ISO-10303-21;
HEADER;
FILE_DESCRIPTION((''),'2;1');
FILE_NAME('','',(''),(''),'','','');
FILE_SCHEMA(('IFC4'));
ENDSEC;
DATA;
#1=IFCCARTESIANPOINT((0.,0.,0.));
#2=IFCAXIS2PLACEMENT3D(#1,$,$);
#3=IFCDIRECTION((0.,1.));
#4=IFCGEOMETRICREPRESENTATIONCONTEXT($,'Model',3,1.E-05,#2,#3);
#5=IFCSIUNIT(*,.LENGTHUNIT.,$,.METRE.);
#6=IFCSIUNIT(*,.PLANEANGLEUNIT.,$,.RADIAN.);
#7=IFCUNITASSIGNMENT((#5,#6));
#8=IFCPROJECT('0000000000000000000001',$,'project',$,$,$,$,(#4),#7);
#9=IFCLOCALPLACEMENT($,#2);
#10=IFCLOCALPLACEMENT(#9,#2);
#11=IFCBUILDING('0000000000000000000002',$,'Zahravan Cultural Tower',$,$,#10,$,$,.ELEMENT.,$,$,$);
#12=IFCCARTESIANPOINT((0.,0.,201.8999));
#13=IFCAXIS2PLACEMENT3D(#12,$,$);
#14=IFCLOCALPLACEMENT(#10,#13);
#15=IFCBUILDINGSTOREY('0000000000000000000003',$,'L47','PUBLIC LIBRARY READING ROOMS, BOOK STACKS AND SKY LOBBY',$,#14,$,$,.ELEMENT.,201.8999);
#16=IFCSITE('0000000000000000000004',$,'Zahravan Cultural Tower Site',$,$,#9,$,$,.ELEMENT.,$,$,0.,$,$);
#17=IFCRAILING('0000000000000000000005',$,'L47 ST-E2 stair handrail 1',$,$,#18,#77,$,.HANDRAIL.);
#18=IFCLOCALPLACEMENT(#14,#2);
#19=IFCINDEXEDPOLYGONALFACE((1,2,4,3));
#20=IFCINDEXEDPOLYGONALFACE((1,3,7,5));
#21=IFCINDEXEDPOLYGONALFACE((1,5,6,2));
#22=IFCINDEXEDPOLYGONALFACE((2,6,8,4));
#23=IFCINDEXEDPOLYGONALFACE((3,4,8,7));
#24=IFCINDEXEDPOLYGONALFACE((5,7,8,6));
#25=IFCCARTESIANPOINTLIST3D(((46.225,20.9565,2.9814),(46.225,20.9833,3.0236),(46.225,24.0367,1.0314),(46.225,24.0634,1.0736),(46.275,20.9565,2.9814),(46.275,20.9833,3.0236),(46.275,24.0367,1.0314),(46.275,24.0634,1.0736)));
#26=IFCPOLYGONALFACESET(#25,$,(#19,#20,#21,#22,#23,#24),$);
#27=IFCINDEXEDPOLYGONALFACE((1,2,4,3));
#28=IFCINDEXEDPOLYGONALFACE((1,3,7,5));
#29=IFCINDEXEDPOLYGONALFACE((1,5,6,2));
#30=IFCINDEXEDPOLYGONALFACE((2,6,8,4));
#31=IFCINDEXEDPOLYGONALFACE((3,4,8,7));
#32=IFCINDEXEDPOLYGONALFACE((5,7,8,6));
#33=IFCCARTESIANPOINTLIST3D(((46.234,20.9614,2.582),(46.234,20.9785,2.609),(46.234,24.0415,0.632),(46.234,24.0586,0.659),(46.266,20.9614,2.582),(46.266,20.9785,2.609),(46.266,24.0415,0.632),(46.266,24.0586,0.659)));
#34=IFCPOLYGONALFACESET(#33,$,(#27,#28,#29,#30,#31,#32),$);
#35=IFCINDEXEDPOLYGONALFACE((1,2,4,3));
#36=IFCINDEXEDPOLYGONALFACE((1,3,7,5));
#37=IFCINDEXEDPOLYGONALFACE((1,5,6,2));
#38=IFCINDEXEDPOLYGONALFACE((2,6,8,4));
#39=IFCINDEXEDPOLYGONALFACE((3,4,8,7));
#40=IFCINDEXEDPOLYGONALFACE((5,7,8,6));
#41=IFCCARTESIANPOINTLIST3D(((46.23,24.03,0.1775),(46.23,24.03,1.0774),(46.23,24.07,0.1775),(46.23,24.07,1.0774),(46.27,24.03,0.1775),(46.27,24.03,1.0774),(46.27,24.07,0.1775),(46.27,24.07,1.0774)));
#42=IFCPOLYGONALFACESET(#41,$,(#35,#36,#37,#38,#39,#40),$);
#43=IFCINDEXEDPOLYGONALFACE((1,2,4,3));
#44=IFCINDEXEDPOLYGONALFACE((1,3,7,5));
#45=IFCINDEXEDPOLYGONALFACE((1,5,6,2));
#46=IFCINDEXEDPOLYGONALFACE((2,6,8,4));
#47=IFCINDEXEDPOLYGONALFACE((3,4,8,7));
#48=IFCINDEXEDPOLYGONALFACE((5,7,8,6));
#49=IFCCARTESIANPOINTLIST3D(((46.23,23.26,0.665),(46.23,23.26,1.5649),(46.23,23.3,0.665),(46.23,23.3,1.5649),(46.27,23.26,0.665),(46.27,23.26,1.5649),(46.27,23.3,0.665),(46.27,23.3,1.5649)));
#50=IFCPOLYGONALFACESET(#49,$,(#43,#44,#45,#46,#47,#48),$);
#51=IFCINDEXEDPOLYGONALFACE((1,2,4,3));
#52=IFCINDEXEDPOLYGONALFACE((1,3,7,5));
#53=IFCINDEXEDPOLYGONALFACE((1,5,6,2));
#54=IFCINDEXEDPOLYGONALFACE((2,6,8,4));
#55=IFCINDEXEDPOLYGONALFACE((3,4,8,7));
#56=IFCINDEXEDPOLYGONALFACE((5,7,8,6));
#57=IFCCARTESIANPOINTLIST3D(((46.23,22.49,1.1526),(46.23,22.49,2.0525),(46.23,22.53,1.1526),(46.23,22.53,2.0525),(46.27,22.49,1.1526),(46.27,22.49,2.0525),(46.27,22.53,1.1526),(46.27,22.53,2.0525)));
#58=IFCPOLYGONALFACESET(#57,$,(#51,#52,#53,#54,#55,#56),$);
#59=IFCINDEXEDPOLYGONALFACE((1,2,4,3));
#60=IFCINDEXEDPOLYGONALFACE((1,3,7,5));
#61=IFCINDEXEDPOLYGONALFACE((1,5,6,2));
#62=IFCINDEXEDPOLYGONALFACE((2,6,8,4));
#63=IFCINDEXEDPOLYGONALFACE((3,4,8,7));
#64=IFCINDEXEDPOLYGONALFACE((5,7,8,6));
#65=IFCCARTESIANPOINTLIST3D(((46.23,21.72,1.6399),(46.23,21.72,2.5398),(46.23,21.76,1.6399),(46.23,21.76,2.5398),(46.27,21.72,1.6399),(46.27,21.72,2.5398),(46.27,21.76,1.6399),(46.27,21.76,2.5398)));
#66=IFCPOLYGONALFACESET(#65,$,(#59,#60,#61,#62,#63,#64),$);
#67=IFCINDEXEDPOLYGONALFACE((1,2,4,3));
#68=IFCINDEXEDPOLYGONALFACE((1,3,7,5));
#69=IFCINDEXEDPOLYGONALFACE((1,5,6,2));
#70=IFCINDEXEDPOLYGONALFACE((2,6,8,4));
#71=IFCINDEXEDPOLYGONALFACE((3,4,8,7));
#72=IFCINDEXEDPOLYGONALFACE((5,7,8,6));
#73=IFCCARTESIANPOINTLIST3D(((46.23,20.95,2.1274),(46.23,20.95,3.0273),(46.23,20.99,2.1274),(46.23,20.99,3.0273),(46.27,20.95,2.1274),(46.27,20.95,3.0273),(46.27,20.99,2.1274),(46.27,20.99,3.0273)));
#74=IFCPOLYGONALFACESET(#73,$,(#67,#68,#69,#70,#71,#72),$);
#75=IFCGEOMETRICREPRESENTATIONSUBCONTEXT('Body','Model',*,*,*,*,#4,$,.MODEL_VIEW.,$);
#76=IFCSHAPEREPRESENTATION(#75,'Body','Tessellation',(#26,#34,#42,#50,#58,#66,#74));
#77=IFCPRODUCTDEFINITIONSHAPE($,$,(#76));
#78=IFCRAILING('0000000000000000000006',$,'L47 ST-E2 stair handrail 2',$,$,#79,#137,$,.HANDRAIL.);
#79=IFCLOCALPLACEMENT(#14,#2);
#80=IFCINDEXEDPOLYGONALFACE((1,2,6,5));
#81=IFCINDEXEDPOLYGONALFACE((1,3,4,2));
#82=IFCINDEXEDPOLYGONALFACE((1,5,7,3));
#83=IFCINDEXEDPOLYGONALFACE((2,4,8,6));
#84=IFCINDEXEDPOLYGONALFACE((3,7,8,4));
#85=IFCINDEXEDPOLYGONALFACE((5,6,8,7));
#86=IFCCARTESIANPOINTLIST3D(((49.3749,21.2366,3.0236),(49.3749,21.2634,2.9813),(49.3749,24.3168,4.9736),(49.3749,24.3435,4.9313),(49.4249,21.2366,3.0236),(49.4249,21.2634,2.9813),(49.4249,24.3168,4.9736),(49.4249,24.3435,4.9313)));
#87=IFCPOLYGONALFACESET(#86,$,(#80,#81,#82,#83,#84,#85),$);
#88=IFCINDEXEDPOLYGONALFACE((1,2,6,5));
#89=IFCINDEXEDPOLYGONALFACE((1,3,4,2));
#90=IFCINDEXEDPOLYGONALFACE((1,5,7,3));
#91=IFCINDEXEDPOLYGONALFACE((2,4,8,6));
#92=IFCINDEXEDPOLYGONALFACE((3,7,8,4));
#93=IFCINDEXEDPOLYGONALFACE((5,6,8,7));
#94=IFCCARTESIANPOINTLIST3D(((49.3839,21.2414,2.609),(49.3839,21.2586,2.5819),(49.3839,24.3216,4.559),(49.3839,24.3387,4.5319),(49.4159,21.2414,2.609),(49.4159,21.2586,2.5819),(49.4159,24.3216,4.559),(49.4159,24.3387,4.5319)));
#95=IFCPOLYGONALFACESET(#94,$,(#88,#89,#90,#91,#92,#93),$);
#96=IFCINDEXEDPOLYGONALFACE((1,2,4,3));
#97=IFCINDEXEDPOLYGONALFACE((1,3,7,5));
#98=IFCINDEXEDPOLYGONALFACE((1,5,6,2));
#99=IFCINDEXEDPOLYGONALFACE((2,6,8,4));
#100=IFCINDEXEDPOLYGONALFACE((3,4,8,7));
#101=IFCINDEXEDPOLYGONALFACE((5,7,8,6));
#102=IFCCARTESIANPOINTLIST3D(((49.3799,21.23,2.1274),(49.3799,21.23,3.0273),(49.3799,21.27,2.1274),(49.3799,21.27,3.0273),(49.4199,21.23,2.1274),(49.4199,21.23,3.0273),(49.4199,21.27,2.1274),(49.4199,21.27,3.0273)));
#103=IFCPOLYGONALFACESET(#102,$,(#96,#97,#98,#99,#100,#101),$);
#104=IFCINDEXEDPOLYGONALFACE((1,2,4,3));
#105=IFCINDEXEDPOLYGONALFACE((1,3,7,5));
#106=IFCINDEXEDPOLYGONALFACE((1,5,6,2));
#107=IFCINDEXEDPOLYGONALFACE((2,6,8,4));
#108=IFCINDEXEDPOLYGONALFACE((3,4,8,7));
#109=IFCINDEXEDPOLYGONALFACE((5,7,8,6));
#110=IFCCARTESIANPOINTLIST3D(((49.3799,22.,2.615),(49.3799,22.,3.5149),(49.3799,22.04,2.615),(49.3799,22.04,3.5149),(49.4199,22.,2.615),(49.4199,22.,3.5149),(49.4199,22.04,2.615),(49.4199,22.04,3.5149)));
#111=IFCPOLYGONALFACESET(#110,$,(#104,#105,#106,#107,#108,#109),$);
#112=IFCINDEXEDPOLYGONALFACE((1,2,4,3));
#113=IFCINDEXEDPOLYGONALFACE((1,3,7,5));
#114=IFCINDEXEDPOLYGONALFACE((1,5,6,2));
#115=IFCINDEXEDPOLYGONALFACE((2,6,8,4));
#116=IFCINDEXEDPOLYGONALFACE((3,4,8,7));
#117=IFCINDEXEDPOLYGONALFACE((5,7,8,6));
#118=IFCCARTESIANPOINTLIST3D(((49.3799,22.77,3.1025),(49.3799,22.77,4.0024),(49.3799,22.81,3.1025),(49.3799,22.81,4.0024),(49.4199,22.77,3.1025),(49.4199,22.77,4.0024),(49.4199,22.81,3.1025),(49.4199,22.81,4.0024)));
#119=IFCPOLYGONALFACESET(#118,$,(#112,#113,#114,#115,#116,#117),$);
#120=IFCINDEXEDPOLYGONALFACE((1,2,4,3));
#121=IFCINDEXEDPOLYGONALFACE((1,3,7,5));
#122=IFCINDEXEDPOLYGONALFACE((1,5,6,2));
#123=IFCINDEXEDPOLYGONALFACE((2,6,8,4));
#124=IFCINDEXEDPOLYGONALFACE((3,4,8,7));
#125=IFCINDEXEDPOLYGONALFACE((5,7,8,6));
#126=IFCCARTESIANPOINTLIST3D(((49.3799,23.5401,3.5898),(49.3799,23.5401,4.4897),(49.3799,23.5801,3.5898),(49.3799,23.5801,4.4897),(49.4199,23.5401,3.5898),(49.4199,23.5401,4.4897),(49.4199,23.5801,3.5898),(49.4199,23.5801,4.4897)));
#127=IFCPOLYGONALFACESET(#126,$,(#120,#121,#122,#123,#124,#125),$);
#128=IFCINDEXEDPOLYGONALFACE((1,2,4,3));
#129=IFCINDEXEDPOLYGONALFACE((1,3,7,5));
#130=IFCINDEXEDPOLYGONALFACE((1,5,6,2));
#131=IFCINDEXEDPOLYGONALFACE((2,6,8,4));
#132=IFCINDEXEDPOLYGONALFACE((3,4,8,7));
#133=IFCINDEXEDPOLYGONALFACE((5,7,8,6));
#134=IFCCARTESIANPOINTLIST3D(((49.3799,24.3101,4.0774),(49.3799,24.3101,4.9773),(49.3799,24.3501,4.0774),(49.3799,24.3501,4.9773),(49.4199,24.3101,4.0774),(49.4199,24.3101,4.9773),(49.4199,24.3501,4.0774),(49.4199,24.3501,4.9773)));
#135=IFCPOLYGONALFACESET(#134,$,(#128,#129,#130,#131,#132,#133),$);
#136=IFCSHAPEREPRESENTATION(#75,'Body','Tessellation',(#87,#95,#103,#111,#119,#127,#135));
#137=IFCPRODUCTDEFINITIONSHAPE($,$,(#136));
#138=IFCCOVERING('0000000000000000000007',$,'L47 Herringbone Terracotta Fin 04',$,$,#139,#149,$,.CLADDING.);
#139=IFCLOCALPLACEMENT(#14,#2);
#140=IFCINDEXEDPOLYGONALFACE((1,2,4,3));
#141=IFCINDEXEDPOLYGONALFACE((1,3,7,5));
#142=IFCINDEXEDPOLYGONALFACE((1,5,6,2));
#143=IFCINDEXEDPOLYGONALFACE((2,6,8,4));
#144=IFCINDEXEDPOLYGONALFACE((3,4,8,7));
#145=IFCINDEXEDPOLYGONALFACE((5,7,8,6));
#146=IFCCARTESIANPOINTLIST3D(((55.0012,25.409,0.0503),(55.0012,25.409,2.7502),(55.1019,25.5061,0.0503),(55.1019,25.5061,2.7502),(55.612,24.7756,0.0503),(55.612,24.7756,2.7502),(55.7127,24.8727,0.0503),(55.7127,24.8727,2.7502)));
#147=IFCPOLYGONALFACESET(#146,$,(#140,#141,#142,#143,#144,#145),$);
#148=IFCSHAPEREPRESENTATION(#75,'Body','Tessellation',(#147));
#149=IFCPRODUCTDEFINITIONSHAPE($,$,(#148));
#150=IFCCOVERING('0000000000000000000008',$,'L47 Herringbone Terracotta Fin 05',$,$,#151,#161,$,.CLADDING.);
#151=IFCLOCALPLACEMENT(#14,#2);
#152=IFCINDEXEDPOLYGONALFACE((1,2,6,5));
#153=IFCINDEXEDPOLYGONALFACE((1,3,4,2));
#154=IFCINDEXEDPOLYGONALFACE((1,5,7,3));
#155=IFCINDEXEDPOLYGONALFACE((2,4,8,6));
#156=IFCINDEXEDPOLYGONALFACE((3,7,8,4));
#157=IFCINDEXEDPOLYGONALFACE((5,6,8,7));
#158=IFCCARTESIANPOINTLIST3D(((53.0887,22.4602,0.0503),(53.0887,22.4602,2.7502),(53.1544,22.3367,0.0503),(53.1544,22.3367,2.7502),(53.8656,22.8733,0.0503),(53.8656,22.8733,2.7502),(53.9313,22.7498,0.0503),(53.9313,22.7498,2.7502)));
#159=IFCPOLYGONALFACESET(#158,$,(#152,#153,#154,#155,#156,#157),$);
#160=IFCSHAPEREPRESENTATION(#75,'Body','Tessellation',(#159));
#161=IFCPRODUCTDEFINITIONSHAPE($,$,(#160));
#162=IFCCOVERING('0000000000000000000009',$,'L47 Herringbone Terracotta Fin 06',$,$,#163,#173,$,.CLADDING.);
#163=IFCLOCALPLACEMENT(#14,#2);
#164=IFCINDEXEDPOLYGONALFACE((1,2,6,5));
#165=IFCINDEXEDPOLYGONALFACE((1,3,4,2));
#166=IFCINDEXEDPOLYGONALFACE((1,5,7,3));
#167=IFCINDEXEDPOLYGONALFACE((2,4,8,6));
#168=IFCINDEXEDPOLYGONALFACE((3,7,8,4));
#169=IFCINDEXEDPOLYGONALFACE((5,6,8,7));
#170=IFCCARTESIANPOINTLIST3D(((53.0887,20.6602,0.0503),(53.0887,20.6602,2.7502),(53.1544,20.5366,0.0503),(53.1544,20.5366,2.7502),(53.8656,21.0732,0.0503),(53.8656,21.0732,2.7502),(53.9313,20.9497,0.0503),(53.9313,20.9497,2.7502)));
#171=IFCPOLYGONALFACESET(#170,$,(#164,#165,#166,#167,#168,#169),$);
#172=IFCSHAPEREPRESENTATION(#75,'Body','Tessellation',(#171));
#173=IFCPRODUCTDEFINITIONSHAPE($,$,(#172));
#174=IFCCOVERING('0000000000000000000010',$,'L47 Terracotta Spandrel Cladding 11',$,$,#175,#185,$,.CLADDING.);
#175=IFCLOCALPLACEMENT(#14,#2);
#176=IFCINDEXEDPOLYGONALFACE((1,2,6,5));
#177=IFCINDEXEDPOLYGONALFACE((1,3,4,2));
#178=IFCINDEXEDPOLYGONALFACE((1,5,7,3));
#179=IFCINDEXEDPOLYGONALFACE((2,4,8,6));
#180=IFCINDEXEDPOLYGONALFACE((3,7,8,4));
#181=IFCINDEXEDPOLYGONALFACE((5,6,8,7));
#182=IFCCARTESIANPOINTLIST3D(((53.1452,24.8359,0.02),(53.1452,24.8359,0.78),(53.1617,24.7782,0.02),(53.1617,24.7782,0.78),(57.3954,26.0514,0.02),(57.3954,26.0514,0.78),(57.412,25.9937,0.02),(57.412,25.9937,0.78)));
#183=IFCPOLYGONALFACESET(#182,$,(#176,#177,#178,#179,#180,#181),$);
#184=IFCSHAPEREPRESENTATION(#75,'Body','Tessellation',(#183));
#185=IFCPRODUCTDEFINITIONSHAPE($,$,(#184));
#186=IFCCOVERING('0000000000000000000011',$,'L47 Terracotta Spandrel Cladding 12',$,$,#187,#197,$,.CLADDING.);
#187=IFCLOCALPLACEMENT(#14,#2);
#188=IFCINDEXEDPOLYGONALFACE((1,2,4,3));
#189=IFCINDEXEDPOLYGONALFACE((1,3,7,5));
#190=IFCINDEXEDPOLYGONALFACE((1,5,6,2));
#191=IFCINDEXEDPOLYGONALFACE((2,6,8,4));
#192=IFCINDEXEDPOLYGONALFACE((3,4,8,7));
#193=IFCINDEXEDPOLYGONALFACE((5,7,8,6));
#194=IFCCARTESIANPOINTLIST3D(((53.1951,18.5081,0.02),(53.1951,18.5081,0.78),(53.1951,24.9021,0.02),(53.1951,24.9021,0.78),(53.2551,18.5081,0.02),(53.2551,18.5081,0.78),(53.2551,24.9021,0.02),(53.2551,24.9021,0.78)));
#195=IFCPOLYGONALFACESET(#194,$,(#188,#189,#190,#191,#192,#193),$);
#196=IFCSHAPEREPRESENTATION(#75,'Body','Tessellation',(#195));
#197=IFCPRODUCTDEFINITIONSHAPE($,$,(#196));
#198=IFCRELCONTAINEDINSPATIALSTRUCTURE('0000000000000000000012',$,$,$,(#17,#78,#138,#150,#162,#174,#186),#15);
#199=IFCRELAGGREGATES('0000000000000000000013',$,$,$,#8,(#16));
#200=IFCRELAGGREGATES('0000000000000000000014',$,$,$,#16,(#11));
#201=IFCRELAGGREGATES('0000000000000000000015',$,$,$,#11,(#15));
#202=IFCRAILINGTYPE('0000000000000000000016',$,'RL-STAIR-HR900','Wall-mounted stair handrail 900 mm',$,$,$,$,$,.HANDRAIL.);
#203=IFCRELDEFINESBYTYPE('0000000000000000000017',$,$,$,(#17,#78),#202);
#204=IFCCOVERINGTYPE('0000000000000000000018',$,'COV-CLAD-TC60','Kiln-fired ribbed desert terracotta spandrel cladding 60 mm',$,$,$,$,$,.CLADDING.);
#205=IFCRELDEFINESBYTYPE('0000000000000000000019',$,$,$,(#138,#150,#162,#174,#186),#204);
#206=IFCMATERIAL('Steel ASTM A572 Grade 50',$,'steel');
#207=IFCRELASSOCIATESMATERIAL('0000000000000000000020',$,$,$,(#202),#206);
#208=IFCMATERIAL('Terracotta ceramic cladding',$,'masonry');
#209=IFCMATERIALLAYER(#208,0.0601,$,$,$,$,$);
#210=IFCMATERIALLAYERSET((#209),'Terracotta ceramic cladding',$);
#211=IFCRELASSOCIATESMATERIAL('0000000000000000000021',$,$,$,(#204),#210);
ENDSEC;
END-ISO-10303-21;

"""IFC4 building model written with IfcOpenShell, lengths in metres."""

from ifc_helpers import new_model, si_unit, direction, frame, origin, origin_2d, place, context, subcontext, project, spatial, rectangle, extrude, source, transform, mapped, material, layer, layer_set, type_object, element, save


model = new_model("IFC4")

# Units and contexts
model_context = context("Model", 3, precision=1e-05, world=origin(), true_north=direction((0.0, 1.0)))
body_context = subcontext(model_context, "Body", "Model", "MODEL_VIEW")
ifc_project = project(units=[si_unit("LENGTHUNIT", "METRE"), si_unit("PLANEANGLEUNIT", "RADIAN")], contexts=[model_context])

# Site, building, storey
site_placement = place(None, origin())
site = spatial("IfcSite", under=ifc_project, at=site_placement, Name="Zahravan Cultural Tower Site", CompositionType="ELEMENT", RefElevation=0.0)
building_placement = place(site_placement, origin())
building = spatial("IfcBuilding", under=site, at=building_placement, Name="Zahravan Cultural Tower", CompositionType="ELEMENT")
storey_placement = place(building_placement, frame((0.0, 0.0, 201.8999)))
storey = spatial("IfcBuildingStorey", under=building, at=storey_placement, Name="L47", Description="PUBLIC LIBRARY READING ROOMS, BOOK STACKS AND SKY LOBBY", CompositionType="ELEMENT", Elevation=201.8999)

# Railings
ifc_material_1 = material(Name="Steel ASTM A572 Grade 50", Category="steel")
railing_type_1 = type_object("IfcRailingType", Name="RL-STAIR-HR900", Description="Wall-mounted stair handrail 900 mm", PredefinedType="HANDRAIL", material=ifc_material_1)
railing_1_placement = place(storey_placement, frame((46.25, 24.05, 0.1775)))
element("IfcRailing", 1, at=railing_1_placement, inside=storey, type_object=railing_type_1, Name="L47 ST-E2 stair handrail 1", PredefinedType="HANDRAIL", context=body_context, shape_type="SweptSolid", body=[
    extrude(rectangle(XDim=0.05, YDim=0.05, at=origin_2d()), frame((0.0, 0.0, 0.875), z_axis=(0.0, -0.844914, 0.534902), x_axis=(1.0, 0.0, 0.0)), (0.0, 0.0, 1.0), 3.6455),
    extrude(rectangle(XDim=0.032, YDim=0.032, at=origin_2d()), frame((0.0, 0.0, 0.468), z_axis=(0.0, -0.844914, 0.534902), x_axis=(1.0, 0.0, 0.0)), (0.0, 0.0, 1.0), 3.6455),
    extrude(rectangle(XDim=0.04, YDim=0.04, at=origin_2d()), origin(), (0.0, 0.0, 1.0), 0.8999),
    extrude(rectangle(XDim=0.04, YDim=0.04, at=origin_2d()), frame((0.0, -0.77, 0.4875)), (0.0, 0.0, 1.0), 0.8999),
    extrude(rectangle(XDim=0.04, YDim=0.04, at=origin_2d()), frame((0.0, -1.54, 0.9751)), (0.0, 0.0, 1.0), 0.8999),
    extrude(rectangle(XDim=0.04, YDim=0.04, at=origin_2d()), frame((0.0, -2.3101, 1.4624)), (0.0, 0.0, 1.0), 0.8999),
    extrude(rectangle(XDim=0.04, YDim=0.04, at=origin_2d()), frame((0.0, -3.0801, 1.95)), (0.0, 0.0, 1.0), 0.8999),
])
railing_2_placement = place(storey_placement, frame((49.3999, 21.25, 2.1274)))
element("IfcRailing", 2, at=railing_2_placement, inside=storey, type_object=railing_type_1, Name="L47 ST-E2 stair handrail 2", PredefinedType="HANDRAIL", context=body_context, shape_type="SweptSolid", body=[
    extrude(rectangle(XDim=0.05, YDim=0.05, at=origin_2d()), frame((0.0, 0.0, 0.875), z_axis=(0.0, 0.844914, 0.534902), x_axis=(-1.0, 0.0, 0.0)), (0.0, 0.0, 1.0), 3.6455),
    extrude(rectangle(XDim=0.032, YDim=0.032, at=origin_2d()), frame((0.0, 0.0, 0.468), z_axis=(0.0, 0.844914, 0.534902), x_axis=(-1.0, 0.0, 0.0)), (0.0, 0.0, 1.0), 3.6455),
    extrude(rectangle(XDim=0.04, YDim=0.04, at=origin_2d()), origin(), (0.0, 0.0, 1.0), 0.8999),
    extrude(rectangle(XDim=0.04, YDim=0.04, at=origin_2d()), frame((0.0, 0.77, 0.4875)), (0.0, 0.0, 1.0), 0.8999),
    extrude(rectangle(XDim=0.04, YDim=0.04, at=origin_2d()), frame((0.0, 1.54, 0.9751)), (0.0, 0.0, 1.0), 0.8999),
    extrude(rectangle(XDim=0.04, YDim=0.04, at=origin_2d()), frame((0.0, 2.3101, 1.4624)), (0.0, 0.0, 1.0), 0.8999),
    extrude(rectangle(XDim=0.04, YDim=0.04, at=origin_2d()), frame((0.0, 3.0801, 1.95)), (0.0, 0.0, 1.0), 0.8999),
])

# Coverings
ifc_material_2 = material(Name="Terracotta ceramic cladding", Category="masonry")
ifc_layer_1 = layer(ifc_material_2, 0.0601)
ifc_layer_set_1 = layer_set([ifc_layer_1], Name="Terracotta ceramic cladding")
covering_type = type_object("IfcCoveringType", Name="COV-CLAD-TC60", Description="Kiln-fired ribbed desert terracotta spandrel cladding 60 mm", PredefinedType="CLADDING", material=ifc_layer_set_1)
shared_shape_1 = source(origin(), body_context, "Body", "SweptSolid", [
    extrude(rectangle(XDim=0.8799, YDim=0.1399, at=origin_2d()), origin(), (0.0, 0.0, 1.0), 2.7),
])
for number, where, z_axis, x_axis, name in (
    (3, (55.3569, 25.1409, 0.0503), (0.0, 0.0, 1.0), (0.694143, -0.719837, 0.0), "L47 Herringbone Terracotta Fin 04"),
    (4, (53.51, 22.605, 0.0503), (0.0, 0.0, 1.0), (0.882948, 0.469472, 0.0), "L47 Herringbone Terracotta Fin 05"),
    (5, (53.51, 20.8049, 0.0503), (0.0, 0.0, 1.0), (0.882948, 0.469472, 0.0), "L47 Herringbone Terracotta Fin 06"),
):
    element("IfcCovering", number, at=place(storey_placement, frame(where, z_axis=z_axis, x_axis=x_axis)), inside=storey, type_object=covering_type, Name=name, PredefinedType="CLADDING", context=body_context, shape_type="MappedRepresentation", body=[
        mapped(shared_shape_1, transform((0.0, 0.0, 0.0), x_axis=(1.0, 0.0, 0.0), y_axis=(0.0, 1.0, 0.0), z_axis=(0.0, 0.0, 1.0), scale=1.0)),
    ])
shared_shape_2 = source(origin(), body_context, "Body", "SweptSolid", [
    extrude(rectangle(XDim=4.4207, YDim=0.0601, at=origin_2d()), origin(), (0.0, 0.0, 1.0), 0.76),
])
covering_1_placement = place(storey_placement, frame((55.2786, 25.4148, 0.02), z_axis=(0.0, 0.0, 1.0), x_axis=(-0.961459, -0.274949, 0.0)))
element("IfcCovering", 6, at=covering_1_placement, inside=storey, type_object=covering_type, Name="L47 Terracotta Spandrel Cladding 11", PredefinedType="CLADDING", context=body_context, shape_type="MappedRepresentation", body=[
    mapped(shared_shape_2, transform((0.0, 0.0, 0.0), x_axis=(1.0, 0.0, 0.0), y_axis=(0.0, 1.0, 0.0), z_axis=(0.0, 0.0, 1.0), scale=1.0)),
])
shared_shape_3 = source(origin(), body_context, "Body", "SweptSolid", [
    extrude(rectangle(XDim=6.394, YDim=0.0601, at=origin_2d()), origin(), (0.0, 0.0, 1.0), 0.76),
])
covering_2_placement = place(storey_placement, frame((53.2251, 21.7051, 0.02), z_axis=(0.0, 0.0, 1.0), x_axis=(0.0, -1.0, 0.0)))
element("IfcCovering", 7, at=covering_2_placement, inside=storey, type_object=covering_type, Name="L47 Terracotta Spandrel Cladding 12", PredefinedType="CLADDING", context=body_context, shape_type="MappedRepresentation", body=[
    mapped(shared_shape_3, transform((0.0, 0.0, 0.0), x_axis=(1.0, 0.0, 0.0), y_axis=(0.0, 1.0, 0.0), z_axis=(0.0, 0.0, 1.0), scale=1.0)),
])

save(model, "model.ifc")
